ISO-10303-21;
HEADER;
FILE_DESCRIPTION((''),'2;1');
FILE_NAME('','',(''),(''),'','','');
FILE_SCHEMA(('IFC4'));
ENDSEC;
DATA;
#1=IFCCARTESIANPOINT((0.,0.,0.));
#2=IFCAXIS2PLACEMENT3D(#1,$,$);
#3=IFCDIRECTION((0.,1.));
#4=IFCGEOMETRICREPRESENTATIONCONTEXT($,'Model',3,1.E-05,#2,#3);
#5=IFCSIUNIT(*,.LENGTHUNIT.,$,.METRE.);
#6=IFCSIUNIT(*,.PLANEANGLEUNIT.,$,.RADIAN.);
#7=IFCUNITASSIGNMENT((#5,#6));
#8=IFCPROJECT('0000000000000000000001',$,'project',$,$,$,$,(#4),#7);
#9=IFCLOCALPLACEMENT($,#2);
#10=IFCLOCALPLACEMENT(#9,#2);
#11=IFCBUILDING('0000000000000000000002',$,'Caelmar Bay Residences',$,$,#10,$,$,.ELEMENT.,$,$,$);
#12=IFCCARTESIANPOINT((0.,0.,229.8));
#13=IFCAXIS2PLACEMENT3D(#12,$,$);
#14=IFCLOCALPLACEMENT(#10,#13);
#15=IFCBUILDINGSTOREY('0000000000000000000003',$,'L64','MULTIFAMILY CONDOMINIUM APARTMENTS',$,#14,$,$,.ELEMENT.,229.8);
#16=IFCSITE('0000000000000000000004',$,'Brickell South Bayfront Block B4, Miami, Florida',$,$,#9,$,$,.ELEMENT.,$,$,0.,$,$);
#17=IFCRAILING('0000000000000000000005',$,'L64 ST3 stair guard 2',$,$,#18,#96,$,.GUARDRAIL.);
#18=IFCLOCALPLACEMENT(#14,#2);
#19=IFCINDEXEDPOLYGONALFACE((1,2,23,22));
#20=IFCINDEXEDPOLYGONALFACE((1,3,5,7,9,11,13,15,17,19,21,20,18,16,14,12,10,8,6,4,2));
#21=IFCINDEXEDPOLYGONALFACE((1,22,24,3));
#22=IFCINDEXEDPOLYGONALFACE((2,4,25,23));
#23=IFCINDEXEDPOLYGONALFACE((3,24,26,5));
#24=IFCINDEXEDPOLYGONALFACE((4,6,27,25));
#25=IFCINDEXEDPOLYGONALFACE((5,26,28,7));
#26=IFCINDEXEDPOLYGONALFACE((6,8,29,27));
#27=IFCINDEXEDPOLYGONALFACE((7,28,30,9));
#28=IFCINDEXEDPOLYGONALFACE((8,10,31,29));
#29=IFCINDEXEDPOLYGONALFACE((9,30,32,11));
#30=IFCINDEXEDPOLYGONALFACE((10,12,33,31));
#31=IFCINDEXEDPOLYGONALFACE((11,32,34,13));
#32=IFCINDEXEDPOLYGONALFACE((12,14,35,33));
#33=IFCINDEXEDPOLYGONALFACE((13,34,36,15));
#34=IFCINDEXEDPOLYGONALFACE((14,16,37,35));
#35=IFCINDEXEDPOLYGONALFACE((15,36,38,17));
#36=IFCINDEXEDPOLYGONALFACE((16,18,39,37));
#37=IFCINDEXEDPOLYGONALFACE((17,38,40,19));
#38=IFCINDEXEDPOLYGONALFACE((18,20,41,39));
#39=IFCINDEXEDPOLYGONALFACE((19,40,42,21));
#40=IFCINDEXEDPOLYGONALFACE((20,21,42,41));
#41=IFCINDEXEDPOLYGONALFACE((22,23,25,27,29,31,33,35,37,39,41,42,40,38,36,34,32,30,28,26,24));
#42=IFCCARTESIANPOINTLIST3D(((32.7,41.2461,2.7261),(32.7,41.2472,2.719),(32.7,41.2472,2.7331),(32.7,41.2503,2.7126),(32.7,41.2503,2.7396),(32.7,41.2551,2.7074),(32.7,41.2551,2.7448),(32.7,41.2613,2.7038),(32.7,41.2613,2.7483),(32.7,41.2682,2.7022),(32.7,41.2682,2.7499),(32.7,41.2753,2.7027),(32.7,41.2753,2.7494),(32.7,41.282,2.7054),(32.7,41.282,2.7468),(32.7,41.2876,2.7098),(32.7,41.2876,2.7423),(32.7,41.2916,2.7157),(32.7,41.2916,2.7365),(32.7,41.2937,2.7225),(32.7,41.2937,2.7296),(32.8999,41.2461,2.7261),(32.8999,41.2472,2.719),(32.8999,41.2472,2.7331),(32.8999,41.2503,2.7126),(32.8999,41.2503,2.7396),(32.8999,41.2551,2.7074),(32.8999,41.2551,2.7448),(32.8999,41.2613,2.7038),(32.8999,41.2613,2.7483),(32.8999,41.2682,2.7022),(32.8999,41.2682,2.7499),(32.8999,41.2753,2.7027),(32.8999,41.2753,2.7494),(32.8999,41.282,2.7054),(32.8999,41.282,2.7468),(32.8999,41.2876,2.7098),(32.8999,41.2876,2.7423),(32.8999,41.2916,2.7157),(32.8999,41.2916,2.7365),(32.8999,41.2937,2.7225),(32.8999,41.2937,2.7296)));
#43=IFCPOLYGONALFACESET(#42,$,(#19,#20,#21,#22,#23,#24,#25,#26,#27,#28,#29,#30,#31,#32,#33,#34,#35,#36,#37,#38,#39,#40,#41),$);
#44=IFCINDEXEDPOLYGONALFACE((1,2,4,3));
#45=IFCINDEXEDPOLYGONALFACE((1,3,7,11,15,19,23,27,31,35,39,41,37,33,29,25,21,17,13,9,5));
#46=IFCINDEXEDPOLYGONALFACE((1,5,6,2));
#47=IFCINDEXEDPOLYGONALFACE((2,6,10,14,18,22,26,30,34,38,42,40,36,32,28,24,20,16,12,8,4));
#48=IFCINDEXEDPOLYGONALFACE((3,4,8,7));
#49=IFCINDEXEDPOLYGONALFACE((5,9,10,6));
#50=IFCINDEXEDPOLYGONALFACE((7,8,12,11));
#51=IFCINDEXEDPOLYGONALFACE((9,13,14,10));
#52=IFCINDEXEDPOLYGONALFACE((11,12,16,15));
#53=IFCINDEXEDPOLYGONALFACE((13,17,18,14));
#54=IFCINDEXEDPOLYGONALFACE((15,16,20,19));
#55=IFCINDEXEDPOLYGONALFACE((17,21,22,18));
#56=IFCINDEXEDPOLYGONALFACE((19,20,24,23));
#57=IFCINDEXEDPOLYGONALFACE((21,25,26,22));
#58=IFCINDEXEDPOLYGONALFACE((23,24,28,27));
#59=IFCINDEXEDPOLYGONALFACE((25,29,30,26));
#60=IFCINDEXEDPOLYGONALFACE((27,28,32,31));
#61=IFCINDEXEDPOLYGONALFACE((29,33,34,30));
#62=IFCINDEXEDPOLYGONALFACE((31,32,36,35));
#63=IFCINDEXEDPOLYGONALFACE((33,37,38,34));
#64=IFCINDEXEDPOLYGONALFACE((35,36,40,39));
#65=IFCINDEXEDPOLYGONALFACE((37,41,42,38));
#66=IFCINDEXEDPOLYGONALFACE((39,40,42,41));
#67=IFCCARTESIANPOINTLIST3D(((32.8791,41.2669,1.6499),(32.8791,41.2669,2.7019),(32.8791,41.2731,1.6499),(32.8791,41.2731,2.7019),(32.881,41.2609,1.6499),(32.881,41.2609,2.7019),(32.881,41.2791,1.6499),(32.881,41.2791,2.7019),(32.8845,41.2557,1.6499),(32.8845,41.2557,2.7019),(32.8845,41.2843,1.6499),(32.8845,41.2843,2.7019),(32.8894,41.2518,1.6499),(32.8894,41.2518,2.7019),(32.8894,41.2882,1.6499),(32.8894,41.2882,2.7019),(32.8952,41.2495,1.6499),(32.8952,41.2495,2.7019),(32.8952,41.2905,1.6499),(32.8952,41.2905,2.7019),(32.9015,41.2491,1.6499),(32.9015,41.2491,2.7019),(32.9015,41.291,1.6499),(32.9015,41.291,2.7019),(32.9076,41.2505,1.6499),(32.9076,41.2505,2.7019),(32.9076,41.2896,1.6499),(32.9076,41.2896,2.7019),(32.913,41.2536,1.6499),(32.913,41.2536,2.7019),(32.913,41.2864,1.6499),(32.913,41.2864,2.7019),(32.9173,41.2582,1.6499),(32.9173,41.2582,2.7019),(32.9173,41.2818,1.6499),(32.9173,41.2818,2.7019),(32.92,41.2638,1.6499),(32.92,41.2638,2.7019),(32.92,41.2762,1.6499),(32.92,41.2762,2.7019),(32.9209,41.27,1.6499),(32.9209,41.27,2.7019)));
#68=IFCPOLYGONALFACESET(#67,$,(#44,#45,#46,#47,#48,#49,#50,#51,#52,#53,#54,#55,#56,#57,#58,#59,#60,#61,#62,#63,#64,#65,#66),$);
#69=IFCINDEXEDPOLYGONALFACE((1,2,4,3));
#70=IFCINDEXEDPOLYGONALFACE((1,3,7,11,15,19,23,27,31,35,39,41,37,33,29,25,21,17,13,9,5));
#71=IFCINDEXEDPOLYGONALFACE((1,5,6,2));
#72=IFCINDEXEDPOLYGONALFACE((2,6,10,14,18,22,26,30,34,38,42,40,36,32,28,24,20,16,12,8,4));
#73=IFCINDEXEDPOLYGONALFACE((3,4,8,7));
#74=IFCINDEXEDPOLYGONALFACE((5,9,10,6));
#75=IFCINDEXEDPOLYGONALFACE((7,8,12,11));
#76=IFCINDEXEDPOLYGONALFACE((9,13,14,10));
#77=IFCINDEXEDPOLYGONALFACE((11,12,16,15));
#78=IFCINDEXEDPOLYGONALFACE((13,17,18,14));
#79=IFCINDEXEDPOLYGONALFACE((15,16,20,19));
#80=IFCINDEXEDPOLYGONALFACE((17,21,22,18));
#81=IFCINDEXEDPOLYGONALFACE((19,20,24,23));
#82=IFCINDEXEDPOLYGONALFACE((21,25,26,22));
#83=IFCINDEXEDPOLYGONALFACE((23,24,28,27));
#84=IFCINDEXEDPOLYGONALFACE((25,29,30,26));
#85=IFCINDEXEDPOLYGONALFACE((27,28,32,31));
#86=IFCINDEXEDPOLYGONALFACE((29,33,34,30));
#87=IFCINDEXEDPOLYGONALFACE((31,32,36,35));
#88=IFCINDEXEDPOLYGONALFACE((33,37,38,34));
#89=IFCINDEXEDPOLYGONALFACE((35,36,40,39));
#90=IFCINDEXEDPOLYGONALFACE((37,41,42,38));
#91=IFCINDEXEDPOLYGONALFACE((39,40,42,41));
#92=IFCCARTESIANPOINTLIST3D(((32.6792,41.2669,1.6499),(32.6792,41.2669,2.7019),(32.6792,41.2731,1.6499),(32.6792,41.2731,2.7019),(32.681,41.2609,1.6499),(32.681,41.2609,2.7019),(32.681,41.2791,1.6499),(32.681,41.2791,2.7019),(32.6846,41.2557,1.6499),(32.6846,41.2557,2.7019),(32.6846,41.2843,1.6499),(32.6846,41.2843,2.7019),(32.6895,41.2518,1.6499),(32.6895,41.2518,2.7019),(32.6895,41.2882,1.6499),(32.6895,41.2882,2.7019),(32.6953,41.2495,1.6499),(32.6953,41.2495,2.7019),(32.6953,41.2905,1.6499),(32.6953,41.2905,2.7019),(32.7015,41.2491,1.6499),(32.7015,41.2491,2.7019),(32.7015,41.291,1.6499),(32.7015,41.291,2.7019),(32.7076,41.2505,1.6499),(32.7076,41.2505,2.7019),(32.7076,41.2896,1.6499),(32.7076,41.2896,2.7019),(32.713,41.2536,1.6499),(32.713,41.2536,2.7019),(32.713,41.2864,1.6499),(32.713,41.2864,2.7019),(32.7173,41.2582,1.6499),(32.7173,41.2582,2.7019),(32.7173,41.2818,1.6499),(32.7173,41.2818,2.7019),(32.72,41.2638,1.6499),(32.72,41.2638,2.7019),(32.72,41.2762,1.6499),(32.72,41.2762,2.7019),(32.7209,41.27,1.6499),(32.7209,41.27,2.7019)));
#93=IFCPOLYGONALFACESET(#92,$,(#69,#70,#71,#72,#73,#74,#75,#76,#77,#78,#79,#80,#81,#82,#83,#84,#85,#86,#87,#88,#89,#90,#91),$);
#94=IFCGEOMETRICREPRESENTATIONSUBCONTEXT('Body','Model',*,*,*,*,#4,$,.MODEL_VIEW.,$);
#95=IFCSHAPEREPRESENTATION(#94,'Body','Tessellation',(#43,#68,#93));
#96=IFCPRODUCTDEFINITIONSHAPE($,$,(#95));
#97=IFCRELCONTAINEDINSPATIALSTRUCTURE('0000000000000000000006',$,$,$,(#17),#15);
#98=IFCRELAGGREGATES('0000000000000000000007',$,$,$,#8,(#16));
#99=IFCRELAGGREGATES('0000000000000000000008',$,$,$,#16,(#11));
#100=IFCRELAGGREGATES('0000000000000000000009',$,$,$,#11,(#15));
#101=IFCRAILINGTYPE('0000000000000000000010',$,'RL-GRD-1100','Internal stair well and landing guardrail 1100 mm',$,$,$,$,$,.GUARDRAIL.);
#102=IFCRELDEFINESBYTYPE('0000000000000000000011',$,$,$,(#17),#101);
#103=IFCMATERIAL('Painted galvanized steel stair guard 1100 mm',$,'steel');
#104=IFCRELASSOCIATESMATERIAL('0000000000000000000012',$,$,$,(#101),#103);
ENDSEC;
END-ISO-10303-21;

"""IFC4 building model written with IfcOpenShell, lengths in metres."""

from ifc_helpers import new_model, si_unit, direction, frame, origin, origin_2d, place, context, subcontext, project, spatial, circle, extrude, material, type_object, element, save


model = new_model("IFC4")

# Units and contexts
model_context = context("Model", 3, precision=1e-05, world=origin(), true_north=direction((0.0, 1.0)))
body_context = subcontext(model_context, "Body", "Model", "MODEL_VIEW")
ifc_project = project(units=[si_unit("LENGTHUNIT", "METRE"), si_unit("PLANEANGLEUNIT", "RADIAN")], contexts=[model_context])

# Site, building, storey
site_placement = place(None, origin())
site = spatial("IfcSite", under=ifc_project, at=site_placement, Name="Brickell South Bayfront Block B4, Miami, Florida", CompositionType="ELEMENT", RefElevation=0.0)
building_placement = place(site_placement, origin())
building = spatial("IfcBuilding", under=site, at=building_placement, Name="Caelmar Bay Residences", CompositionType="ELEMENT")
storey_placement = place(building_placement, frame((0.0, 0.0, 229.8)))
storey = spatial("IfcBuildingStorey", under=building, at=storey_placement, Name="L64", Description="MULTIFAMILY CONDOMINIUM APARTMENTS", CompositionType="ELEMENT", Elevation=229.8)

# Railing
ifc_material_1 = material(Name="Painted galvanized steel stair guard 1100 mm", Category="steel")
railing_type_1 = type_object("IfcRailingType", Name="RL-GRD-1100", Description="Internal stair well and landing guardrail 1100 mm", PredefinedType="GUARDRAIL", material=ifc_material_1)
railing_1_placement = place(storey_placement, frame((32.8999, 41.27, 1.6499)))
element("IfcRailing", 1, at=railing_1_placement, inside=storey, type_object=railing_type_1, Name="L64 ST3 stair guard 2", PredefinedType="GUARDRAIL", context=body_context, shape_type="SweptSolid", body=[
    extrude(circle(Radius=0.0239, at=origin_2d()), frame((0.0, 0.0, 1.0762), z_axis=(-1.0, 0.0, 0.0), x_axis=(0.0, -1.0, 0.0)), (0.0, 0.0, 1.0), 0.2),
    extrude(circle(Radius=0.021, at=origin_2d()), origin(), (0.0, 0.0, 1.0), 1.052),
    extrude(circle(Radius=0.021, at=origin_2d()), frame((-0.2, 0.0, 0.0)), (0.0, 0.0, 1.0), 1.052),
])

save(model, "model.ifc")
